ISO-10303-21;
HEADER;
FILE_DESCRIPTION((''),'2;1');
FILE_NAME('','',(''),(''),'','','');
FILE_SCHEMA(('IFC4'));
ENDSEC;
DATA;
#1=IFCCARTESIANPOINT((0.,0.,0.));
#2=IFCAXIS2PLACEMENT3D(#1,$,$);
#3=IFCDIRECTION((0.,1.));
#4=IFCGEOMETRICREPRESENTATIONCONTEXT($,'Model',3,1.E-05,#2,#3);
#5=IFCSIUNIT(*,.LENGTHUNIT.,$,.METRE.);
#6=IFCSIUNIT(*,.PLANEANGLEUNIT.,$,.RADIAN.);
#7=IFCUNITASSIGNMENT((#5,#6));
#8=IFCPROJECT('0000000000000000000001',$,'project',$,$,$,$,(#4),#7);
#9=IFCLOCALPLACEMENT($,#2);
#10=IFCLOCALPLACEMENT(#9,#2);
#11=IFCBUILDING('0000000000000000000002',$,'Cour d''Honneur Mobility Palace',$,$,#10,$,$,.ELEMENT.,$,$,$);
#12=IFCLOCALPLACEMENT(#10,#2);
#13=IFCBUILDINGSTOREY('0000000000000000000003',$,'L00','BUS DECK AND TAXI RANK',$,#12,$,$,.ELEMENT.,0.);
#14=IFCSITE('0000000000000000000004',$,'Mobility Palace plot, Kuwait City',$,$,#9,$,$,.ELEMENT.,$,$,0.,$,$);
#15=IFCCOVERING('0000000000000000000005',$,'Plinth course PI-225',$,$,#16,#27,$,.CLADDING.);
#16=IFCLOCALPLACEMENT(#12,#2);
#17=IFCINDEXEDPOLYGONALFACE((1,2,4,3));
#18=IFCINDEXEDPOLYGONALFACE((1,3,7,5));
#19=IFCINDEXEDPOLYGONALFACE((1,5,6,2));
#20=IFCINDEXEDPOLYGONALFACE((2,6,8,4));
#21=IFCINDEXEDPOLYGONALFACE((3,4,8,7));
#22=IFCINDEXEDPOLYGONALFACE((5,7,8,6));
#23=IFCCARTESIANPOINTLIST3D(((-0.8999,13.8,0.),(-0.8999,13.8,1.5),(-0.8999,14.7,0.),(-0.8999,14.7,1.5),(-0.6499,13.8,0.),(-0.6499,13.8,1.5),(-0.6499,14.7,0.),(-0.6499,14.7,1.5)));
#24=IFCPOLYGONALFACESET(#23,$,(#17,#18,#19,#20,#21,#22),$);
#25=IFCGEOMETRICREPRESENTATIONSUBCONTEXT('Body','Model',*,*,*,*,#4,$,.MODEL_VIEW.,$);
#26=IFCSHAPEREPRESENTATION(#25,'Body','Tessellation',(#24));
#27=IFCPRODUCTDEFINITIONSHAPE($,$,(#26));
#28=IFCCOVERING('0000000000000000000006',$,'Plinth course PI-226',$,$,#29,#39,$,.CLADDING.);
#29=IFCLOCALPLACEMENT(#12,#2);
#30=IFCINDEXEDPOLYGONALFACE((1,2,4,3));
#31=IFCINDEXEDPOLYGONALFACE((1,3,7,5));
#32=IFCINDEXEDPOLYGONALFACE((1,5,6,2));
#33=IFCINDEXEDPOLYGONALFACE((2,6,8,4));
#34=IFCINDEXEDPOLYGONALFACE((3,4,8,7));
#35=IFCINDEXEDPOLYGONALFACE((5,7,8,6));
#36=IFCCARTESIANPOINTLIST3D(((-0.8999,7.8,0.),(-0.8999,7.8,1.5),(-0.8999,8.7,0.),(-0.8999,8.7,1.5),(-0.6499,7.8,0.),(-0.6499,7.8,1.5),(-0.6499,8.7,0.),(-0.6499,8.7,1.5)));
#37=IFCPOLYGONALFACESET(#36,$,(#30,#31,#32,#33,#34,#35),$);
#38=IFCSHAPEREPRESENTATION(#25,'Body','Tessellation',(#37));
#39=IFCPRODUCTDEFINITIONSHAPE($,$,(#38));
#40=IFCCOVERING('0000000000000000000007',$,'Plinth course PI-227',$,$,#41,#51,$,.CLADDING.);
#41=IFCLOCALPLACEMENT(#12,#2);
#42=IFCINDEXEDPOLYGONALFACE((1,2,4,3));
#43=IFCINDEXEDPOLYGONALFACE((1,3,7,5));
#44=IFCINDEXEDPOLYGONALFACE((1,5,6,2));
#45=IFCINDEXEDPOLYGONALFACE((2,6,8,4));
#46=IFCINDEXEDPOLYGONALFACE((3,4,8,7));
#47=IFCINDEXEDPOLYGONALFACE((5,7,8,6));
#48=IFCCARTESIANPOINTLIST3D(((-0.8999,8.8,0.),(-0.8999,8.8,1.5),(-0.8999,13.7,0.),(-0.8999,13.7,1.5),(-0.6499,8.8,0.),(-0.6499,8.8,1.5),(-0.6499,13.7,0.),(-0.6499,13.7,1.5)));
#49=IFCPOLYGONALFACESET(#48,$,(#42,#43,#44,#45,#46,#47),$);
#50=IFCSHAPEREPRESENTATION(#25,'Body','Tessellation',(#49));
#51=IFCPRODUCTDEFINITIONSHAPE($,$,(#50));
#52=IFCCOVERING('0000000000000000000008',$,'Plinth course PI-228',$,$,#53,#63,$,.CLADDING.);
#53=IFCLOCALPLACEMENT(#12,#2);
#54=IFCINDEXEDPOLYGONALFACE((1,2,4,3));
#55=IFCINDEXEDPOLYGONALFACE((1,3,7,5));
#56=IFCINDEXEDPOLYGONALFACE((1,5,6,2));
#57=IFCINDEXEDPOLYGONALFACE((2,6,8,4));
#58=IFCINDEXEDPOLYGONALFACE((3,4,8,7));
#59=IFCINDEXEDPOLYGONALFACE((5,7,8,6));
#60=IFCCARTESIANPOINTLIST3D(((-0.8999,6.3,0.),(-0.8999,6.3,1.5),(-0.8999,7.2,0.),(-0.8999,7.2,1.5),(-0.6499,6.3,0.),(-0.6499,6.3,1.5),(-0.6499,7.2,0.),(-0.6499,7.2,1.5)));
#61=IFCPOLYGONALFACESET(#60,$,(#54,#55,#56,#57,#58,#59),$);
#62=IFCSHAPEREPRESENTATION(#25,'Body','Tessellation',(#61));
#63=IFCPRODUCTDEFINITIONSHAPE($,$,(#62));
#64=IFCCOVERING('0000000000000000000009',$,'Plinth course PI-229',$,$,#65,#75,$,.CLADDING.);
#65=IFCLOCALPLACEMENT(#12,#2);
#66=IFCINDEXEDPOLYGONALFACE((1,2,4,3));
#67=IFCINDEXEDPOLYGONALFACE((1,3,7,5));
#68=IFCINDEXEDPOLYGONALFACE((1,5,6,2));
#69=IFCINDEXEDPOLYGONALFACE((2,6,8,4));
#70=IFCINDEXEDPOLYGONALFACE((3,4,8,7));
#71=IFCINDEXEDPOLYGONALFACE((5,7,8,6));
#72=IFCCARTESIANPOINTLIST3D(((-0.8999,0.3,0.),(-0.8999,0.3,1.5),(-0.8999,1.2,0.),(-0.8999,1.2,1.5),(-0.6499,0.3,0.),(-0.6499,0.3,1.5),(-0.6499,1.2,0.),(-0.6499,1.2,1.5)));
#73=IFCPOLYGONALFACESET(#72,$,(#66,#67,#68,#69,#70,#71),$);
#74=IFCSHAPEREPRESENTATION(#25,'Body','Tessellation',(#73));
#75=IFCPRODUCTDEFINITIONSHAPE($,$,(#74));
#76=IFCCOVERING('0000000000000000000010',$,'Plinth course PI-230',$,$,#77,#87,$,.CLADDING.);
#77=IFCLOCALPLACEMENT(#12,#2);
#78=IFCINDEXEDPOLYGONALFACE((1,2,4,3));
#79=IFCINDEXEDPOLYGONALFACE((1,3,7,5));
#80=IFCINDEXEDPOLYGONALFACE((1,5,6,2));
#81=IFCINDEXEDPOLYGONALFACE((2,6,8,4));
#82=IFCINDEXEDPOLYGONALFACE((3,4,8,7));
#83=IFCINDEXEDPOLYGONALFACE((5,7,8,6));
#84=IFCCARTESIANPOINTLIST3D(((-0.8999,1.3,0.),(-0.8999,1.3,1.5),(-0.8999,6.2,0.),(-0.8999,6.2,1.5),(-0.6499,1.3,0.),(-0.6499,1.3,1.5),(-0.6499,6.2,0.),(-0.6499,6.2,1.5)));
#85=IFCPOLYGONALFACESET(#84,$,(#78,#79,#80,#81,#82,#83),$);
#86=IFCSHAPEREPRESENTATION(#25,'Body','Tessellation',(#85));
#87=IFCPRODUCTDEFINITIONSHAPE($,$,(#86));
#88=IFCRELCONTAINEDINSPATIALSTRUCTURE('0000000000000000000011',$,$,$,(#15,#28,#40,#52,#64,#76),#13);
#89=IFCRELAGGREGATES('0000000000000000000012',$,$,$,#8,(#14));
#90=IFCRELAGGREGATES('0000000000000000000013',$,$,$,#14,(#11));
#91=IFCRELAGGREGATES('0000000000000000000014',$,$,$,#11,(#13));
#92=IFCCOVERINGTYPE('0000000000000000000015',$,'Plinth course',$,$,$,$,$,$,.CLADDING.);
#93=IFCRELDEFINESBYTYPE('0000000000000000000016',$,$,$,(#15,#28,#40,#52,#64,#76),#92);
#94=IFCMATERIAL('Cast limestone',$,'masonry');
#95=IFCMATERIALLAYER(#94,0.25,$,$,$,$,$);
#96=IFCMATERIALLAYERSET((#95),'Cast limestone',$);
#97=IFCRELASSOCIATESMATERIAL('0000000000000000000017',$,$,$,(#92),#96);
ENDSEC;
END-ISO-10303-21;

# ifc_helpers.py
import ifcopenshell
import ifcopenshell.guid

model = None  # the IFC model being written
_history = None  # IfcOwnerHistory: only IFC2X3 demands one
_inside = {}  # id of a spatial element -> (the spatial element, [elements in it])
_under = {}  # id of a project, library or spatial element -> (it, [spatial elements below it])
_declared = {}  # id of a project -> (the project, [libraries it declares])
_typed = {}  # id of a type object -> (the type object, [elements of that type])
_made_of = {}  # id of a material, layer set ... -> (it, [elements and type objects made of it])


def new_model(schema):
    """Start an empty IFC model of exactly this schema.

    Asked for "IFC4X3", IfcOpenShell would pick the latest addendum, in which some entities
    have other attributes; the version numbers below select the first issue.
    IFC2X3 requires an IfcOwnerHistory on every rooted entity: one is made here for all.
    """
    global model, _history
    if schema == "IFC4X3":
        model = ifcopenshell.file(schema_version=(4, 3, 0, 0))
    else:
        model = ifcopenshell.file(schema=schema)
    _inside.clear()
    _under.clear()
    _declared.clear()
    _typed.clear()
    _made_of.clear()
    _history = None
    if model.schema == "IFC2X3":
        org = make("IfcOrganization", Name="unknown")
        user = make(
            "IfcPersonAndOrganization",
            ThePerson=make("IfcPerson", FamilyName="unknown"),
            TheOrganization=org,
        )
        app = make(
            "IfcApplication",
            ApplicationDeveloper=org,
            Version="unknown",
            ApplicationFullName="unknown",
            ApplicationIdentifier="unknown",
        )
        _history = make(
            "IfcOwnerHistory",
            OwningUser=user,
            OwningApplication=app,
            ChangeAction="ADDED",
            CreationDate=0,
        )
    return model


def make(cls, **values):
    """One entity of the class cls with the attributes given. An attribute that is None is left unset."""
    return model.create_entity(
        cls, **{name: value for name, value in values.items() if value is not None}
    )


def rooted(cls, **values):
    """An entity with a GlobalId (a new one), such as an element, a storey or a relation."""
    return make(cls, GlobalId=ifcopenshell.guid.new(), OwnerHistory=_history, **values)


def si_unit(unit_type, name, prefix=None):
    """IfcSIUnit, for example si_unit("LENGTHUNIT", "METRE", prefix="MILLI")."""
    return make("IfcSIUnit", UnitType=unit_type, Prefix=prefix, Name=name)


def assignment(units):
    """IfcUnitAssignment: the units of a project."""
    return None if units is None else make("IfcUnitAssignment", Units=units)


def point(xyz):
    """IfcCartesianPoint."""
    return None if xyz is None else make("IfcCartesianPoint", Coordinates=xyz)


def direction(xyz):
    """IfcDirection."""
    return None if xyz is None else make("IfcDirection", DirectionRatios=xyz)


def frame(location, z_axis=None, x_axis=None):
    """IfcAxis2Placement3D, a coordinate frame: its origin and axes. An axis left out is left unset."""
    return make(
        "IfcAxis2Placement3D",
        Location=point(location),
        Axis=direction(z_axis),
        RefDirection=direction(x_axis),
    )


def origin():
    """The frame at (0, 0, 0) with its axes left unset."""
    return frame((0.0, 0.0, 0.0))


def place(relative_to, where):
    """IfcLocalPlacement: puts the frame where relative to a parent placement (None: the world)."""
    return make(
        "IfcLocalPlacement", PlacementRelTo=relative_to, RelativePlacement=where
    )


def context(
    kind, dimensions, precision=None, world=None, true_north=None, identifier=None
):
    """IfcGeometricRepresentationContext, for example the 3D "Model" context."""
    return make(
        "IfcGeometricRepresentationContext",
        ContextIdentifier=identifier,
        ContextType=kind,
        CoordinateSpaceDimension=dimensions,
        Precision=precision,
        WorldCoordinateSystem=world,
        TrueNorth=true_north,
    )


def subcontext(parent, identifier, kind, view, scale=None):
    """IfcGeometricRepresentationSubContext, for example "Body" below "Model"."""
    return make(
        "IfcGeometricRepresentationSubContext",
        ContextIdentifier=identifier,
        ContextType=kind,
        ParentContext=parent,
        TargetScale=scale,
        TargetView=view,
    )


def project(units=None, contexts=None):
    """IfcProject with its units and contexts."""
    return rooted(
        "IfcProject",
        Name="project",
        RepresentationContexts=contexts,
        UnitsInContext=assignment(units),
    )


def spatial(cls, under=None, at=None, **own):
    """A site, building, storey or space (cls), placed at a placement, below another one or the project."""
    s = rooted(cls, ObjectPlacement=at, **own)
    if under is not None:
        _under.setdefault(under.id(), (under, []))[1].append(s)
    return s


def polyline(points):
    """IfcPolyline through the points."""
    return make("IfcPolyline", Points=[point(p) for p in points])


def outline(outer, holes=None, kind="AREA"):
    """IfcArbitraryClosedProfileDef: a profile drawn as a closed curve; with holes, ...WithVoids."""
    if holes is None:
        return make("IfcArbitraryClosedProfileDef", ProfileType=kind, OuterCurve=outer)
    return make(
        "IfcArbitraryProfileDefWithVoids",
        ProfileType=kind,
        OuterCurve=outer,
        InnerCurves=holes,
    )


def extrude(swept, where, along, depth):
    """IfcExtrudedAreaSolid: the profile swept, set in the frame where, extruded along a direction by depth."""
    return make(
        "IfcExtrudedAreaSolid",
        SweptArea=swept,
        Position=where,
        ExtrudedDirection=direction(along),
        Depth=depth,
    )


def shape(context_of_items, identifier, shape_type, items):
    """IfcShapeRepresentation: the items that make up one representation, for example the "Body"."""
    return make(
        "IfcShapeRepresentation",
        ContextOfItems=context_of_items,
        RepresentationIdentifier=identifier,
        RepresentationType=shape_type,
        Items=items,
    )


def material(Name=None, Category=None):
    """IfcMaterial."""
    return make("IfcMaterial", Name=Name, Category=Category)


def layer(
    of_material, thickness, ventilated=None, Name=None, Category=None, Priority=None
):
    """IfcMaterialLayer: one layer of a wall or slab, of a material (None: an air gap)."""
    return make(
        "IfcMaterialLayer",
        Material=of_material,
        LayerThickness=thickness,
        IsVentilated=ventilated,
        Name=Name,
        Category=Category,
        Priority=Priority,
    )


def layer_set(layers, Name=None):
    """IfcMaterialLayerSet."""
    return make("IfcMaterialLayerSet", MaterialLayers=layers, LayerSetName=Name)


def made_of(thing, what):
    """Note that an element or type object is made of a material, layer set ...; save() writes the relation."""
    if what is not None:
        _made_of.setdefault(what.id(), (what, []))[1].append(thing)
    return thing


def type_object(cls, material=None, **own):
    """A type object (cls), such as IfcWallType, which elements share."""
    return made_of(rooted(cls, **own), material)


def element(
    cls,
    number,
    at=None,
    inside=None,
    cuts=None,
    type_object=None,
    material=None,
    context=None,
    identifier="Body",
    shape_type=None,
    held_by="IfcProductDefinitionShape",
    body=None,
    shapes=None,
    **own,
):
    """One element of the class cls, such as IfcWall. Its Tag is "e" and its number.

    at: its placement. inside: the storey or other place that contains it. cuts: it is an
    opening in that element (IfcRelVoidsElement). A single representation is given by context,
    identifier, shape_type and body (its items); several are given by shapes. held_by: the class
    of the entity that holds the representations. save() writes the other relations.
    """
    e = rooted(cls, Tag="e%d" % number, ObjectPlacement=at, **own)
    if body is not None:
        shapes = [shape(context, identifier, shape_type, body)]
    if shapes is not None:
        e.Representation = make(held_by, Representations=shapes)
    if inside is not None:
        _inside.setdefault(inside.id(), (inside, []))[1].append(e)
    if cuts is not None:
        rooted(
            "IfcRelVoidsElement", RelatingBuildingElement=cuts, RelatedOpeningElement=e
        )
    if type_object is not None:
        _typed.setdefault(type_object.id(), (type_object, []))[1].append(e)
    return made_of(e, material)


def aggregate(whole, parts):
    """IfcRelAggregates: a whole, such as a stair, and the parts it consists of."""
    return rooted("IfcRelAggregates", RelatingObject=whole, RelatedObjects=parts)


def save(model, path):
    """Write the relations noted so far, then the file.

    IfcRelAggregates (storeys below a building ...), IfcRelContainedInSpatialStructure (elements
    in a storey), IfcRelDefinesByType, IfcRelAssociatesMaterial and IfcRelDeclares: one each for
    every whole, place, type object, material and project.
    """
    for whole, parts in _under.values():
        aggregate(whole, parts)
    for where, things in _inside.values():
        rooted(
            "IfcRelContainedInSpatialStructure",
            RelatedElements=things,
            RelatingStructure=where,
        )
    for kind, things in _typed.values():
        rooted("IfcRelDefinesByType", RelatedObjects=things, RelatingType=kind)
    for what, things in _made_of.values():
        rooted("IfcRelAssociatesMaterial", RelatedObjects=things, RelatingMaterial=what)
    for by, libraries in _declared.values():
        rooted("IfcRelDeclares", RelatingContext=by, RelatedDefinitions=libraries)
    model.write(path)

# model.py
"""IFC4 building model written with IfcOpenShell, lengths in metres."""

from ifc_helpers import new_model, si_unit, direction, origin, place, context, subcontext, project, spatial, polyline, outline, extrude, material, layer, layer_set, type_object, element, save


model = new_model("IFC4")

# Units and contexts
model_context = context("Model", 3, precision=1e-05, world=origin(), true_north=direction((0.0, 1.0)))
body_context = subcontext(model_context, "Body", "Model", "MODEL_VIEW")
ifc_project = project(units=[si_unit("LENGTHUNIT", "METRE"), si_unit("PLANEANGLEUNIT", "RADIAN")], contexts=[model_context])

# Site, building, storey
site_placement = place(None, origin())
site = spatial("IfcSite", under=ifc_project, at=site_placement, Name="Mobility Palace plot, Kuwait City", CompositionType="ELEMENT", RefElevation=0.0)
building_placement = place(site_placement, origin())
building = spatial("IfcBuilding", under=site, at=building_placement, Name="Cour d'Honneur Mobility Palace", CompositionType="ELEMENT")
storey_placement = place(building_placement, origin())
storey = spatial("IfcBuildingStorey", under=building, at=storey_placement, Name="L00", Description="BUS DECK AND TAXI RANK", CompositionType="ELEMENT", Elevation=0.0)

# Coverings
ifc_material_1 = material(Name="Cast limestone", Category="masonry")
ifc_layer_1 = layer(ifc_material_1, 0.25)
ifc_layer_set_1 = layer_set([ifc_layer_1], Name="Cast limestone")
covering_type_1 = type_object("IfcCoveringType", Name="Plinth course", PredefinedType="CLADDING", material=ifc_layer_set_1)
covering_1_placement = place(storey_placement, origin())
element("IfcCovering", 1, at=covering_1_placement, inside=storey, type_object=covering_type_1, Name="Plinth course PI-225", PredefinedType="CLADDING", context=body_context, shape_type="SweptSolid", body=[
    extrude(outline(polyline([(-0.6499, 14.7), (-0.6499, 13.8), (-0.8999, 13.8), (-0.8999, 14.7), (-0.6499, 14.7)])), origin(), (0.0, 0.0, 1.0), 1.5),
])
covering_2_placement = place(storey_placement, origin())
element("IfcCovering", 2, at=covering_2_placement, inside=storey, type_object=covering_type_1, Name="Plinth course PI-226", PredefinedType="CLADDING", context=body_context, shape_type="SweptSolid", body=[
    extrude(outline(polyline([(-0.6499, 8.7), (-0.6499, 7.8), (-0.8999, 7.8), (-0.8999, 8.7), (-0.6499, 8.7)])), origin(), (0.0, 0.0, 1.0), 1.5),
])
covering_3_placement = place(storey_placement, origin())
element("IfcCovering", 3, at=covering_3_placement, inside=storey, type_object=covering_type_1, Name="Plinth course PI-227", PredefinedType="CLADDING", context=body_context, shape_type="SweptSolid", body=[
    extrude(outline(polyline([(-0.6499, 13.7), (-0.6499, 8.8), (-0.8999, 8.8), (-0.8999, 13.7), (-0.6499, 13.7)])), origin(), (0.0, 0.0, 1.0), 1.5),
])
covering_4_placement = place(storey_placement, origin())
element("IfcCovering", 4, at=covering_4_placement, inside=storey, type_object=covering_type_1, Name="Plinth course PI-228", PredefinedType="CLADDING", context=body_context, shape_type="SweptSolid", body=[
    extrude(outline(polyline([(-0.6499, 7.2), (-0.6499, 6.3), (-0.8999, 6.3), (-0.8999, 7.2), (-0.6499, 7.2)])), origin(), (0.0, 0.0, 1.0), 1.5),
])
covering_5_placement = place(storey_placement, origin())
element("IfcCovering", 5, at=covering_5_placement, inside=storey, type_object=covering_type_1, Name="Plinth course PI-229", PredefinedType="CLADDING", context=body_context, shape_type="SweptSolid", body=[
    extrude(outline(polyline([(-0.6499, 1.2), (-0.6499, 0.3), (-0.8999, 0.3), (-0.8999, 1.2), (-0.6499, 1.2)])), origin(), (0.0, 0.0, 1.0), 1.5),
])
covering_6_placement = place(storey_placement, origin())
element("IfcCovering", 6, at=covering_6_placement, inside=storey, type_object=covering_type_1, Name="Plinth course PI-230", PredefinedType="CLADDING", context=body_context, shape_type="SweptSolid", body=[
    extrude(outline(polyline([(-0.6499, 6.2), (-0.6499, 1.3), (-0.8999, 1.3), (-0.8999, 6.2), (-0.6499, 6.2)])), origin(), (0.0, 0.0, 1.0), 1.5),
])

save(model, "model.ifc")
